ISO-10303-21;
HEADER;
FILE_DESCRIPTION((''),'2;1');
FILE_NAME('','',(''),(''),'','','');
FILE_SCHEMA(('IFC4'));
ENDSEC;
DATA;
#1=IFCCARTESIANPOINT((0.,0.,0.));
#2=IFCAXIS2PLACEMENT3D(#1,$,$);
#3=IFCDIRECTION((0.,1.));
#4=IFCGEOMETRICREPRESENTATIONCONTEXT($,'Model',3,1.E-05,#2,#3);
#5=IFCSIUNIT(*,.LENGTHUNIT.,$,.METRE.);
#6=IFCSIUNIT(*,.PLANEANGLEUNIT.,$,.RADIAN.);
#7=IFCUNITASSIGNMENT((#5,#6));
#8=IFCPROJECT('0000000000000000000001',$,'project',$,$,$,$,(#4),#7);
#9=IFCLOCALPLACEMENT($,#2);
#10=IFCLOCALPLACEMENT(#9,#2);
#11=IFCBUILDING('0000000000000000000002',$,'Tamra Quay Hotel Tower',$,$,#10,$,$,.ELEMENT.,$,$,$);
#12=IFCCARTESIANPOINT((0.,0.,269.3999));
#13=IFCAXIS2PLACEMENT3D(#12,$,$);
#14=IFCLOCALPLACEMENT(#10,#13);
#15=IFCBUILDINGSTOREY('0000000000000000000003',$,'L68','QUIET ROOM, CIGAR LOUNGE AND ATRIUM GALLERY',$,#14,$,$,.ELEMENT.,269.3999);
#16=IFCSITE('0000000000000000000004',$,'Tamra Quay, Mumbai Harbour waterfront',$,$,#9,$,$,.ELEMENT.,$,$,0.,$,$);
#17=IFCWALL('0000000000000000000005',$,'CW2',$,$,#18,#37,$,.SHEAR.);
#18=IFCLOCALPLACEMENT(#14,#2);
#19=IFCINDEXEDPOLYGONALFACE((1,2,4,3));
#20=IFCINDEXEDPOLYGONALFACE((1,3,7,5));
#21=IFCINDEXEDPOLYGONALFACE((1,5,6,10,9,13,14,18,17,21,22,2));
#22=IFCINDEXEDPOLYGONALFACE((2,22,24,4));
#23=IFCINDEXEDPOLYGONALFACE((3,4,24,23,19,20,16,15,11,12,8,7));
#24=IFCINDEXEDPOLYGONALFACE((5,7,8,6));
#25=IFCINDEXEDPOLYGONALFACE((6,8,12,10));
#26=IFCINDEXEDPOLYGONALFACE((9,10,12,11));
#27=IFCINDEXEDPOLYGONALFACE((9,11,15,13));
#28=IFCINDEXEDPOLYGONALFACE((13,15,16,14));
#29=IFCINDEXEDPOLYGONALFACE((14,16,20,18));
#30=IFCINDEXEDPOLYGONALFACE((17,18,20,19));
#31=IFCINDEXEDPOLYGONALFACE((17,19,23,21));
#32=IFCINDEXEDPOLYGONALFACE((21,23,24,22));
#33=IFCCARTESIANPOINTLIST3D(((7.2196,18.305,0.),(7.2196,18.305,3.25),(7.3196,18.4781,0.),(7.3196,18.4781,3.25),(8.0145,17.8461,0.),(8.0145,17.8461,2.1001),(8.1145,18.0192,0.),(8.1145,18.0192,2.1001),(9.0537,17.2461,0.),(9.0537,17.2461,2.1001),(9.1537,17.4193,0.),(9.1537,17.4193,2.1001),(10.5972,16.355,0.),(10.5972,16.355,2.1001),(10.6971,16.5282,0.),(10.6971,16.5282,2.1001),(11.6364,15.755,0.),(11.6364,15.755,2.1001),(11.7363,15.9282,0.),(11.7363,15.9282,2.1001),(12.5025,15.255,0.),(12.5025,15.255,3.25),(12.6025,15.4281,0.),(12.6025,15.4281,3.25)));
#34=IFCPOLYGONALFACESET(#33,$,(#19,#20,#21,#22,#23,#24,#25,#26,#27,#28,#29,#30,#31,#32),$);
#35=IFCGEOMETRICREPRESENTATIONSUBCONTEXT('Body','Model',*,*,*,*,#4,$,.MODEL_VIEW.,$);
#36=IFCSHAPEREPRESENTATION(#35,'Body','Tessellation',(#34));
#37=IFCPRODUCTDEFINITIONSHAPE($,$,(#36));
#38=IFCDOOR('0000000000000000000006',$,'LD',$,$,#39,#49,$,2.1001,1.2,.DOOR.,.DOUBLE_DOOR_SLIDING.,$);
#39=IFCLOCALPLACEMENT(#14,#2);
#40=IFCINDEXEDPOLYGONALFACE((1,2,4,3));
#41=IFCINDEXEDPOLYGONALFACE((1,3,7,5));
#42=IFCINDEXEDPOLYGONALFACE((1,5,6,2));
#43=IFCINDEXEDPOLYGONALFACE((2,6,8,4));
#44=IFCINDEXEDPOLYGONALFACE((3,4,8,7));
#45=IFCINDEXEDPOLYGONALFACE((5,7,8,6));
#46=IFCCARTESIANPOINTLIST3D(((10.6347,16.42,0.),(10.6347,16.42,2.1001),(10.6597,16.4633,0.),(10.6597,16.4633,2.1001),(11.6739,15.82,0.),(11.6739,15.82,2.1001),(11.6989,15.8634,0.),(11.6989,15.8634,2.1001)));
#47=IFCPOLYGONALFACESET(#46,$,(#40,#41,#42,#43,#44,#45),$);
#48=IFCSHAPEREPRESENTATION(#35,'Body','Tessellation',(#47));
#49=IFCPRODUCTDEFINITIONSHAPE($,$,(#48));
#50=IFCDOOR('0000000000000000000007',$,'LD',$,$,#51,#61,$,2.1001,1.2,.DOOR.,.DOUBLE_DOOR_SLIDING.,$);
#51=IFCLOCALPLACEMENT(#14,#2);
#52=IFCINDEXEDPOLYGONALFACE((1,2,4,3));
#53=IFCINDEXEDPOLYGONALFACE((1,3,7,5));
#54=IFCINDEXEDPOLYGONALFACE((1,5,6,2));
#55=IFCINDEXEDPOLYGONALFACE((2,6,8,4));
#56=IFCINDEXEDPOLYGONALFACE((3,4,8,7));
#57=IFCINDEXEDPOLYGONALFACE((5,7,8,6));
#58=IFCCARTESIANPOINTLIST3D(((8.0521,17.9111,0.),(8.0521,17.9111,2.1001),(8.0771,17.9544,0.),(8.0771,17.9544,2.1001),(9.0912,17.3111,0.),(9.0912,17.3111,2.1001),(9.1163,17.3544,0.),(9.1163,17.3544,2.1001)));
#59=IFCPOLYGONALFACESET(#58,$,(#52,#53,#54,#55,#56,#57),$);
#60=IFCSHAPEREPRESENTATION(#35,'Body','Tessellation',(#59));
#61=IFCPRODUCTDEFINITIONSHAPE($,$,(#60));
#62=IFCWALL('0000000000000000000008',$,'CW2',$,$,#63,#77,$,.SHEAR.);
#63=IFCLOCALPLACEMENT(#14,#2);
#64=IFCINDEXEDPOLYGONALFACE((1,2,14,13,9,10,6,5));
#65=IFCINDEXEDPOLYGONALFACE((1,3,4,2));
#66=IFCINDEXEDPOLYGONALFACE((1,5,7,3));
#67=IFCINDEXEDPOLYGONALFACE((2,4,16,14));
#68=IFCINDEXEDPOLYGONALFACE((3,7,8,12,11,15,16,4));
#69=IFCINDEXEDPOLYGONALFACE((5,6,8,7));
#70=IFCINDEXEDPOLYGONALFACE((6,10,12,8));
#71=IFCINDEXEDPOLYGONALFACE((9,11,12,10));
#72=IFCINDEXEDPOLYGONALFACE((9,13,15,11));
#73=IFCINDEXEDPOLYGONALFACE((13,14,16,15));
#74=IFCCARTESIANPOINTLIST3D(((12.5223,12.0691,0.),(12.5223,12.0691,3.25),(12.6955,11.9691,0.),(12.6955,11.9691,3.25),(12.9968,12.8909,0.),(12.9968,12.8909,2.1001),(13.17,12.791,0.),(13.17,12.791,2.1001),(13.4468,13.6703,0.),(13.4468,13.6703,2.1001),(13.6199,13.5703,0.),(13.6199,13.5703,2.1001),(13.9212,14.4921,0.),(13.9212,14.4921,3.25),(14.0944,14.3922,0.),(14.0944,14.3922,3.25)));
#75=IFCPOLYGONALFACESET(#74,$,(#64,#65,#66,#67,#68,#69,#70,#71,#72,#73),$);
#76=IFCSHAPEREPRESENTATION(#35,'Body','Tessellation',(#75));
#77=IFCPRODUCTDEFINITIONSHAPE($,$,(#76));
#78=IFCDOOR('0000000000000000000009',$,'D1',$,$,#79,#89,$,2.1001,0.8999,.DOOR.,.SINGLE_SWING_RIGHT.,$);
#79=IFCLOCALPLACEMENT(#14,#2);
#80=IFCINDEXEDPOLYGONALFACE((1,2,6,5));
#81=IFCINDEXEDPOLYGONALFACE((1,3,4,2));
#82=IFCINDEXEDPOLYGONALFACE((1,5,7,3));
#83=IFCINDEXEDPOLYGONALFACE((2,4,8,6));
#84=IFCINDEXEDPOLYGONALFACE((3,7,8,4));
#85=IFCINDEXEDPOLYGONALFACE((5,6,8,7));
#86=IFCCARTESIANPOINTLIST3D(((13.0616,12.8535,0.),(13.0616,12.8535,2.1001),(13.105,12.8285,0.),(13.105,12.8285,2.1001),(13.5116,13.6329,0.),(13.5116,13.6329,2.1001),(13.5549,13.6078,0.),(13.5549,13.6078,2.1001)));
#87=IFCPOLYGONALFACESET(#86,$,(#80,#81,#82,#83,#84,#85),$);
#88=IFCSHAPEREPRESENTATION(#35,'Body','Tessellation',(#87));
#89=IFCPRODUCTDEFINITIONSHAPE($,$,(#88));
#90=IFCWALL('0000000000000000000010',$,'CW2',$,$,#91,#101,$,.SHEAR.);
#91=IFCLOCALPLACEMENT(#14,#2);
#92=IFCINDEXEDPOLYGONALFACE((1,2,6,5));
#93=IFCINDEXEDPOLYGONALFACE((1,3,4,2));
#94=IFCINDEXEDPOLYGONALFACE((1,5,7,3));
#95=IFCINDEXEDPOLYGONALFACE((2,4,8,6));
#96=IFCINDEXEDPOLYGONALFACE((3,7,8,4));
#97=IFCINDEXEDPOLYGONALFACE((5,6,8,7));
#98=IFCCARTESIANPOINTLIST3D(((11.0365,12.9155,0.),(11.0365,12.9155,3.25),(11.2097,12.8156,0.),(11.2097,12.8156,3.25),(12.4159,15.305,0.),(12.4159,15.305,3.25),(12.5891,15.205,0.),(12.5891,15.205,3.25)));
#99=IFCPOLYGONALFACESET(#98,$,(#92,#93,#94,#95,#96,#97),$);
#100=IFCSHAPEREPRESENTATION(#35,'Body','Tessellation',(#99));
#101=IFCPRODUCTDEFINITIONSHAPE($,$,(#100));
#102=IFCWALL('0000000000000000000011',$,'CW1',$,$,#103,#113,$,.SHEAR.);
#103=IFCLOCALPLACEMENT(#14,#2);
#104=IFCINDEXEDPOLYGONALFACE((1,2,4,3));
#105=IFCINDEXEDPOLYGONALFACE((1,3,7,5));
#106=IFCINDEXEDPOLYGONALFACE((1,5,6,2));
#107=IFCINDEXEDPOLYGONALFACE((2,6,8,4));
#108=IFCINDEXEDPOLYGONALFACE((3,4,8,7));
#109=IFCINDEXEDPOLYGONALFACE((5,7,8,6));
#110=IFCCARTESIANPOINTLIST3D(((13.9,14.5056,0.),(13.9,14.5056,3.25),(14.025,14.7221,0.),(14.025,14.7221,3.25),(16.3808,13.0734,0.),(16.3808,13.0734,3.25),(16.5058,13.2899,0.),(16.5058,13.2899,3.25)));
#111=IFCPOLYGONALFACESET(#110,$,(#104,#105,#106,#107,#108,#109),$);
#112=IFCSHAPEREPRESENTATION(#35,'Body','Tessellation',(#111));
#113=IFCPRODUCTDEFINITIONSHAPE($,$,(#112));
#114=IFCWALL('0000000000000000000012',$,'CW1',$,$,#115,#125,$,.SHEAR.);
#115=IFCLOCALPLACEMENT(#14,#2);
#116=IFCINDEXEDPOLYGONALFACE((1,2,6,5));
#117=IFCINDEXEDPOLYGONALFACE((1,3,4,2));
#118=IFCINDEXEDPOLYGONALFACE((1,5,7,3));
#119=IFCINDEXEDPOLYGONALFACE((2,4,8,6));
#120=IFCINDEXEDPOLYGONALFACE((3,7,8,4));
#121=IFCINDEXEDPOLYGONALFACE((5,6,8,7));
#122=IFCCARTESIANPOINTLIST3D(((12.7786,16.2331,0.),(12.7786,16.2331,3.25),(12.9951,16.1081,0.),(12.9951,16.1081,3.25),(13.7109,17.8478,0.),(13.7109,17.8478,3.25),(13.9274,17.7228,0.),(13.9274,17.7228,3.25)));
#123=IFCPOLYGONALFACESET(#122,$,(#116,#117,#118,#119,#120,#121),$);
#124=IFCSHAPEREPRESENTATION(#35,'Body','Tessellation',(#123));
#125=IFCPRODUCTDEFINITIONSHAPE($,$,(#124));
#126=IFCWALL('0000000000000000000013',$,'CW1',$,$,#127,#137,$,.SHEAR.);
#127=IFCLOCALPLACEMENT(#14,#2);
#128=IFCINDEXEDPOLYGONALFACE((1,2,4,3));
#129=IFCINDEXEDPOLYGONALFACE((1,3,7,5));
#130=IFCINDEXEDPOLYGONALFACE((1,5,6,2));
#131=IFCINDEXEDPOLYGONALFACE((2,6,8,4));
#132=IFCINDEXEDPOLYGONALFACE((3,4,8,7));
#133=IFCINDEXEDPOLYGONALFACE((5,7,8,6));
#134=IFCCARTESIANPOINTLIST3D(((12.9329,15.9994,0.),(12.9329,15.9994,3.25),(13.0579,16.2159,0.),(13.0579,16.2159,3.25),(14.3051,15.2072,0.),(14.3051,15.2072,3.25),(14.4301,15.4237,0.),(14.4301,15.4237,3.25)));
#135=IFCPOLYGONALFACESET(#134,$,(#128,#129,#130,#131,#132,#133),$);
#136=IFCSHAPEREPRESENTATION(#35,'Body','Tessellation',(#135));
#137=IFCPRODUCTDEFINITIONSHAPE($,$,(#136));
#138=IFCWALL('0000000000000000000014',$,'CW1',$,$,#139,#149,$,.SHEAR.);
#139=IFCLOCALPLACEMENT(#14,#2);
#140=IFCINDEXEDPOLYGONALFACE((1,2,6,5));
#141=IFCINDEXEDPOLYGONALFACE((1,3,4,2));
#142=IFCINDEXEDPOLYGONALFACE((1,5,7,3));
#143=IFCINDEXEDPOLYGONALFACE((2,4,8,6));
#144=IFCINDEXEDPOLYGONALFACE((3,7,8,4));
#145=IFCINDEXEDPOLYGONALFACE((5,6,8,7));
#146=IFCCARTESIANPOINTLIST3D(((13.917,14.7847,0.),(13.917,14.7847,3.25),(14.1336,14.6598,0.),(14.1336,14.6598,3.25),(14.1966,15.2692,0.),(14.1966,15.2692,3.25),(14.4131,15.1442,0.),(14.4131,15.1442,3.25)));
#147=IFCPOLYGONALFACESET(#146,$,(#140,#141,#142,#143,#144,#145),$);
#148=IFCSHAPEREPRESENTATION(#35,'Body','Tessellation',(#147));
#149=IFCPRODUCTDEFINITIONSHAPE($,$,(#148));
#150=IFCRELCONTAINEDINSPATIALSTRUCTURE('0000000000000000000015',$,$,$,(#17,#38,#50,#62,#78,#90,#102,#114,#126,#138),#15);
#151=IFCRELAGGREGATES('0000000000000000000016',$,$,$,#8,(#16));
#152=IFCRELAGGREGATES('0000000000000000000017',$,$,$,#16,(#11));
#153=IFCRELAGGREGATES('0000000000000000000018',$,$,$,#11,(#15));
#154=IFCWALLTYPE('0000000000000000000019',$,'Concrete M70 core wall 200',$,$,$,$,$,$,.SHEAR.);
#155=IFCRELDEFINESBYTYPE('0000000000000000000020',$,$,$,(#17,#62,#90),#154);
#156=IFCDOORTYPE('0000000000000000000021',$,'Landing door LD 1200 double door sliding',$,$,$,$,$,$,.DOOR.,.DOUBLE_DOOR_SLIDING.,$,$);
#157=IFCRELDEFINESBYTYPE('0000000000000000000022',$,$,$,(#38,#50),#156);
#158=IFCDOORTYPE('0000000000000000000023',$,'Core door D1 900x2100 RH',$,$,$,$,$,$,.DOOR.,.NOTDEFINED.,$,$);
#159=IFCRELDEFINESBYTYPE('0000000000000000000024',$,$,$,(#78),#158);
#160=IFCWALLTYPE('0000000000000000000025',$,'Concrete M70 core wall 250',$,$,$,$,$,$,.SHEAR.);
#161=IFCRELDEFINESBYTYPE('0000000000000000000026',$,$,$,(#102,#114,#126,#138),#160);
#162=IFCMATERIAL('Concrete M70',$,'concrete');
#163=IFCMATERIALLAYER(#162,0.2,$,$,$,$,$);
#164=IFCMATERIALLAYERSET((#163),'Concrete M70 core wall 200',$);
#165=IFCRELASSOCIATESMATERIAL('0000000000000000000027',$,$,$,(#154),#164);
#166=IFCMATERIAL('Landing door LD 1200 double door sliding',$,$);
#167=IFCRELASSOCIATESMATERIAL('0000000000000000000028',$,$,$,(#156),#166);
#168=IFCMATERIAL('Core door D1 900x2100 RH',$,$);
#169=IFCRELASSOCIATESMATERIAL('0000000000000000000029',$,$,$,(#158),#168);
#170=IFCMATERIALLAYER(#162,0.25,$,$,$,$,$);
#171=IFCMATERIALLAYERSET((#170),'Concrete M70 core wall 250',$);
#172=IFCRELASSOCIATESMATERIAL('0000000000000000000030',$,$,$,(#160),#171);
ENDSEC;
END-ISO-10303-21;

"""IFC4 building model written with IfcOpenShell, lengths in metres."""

from ifc_helpers import new_model, si_unit, direction, frame, frame_2d, origin, place, context, subcontext, project, spatial, rectangle, extrude, material, layer, layer_set, type_object, element, fill, save


model = new_model("IFC4")

# Units and contexts
model_context = context("Model", 3, precision=1e-05, world=origin(), true_north=direction((0.0, 1.0)))
body_context = subcontext(model_context, "Body", "Model", "MODEL_VIEW")
ifc_project = project(units=[si_unit("LENGTHUNIT", "METRE"), si_unit("PLANEANGLEUNIT", "RADIAN")], contexts=[model_context])

# Site, building, storey
site_placement = place(None, origin())
site = spatial("IfcSite", under=ifc_project, at=site_placement, Name="Tamra Quay, Mumbai Harbour waterfront", CompositionType="ELEMENT", RefElevation=0.0)
building_placement = place(site_placement, origin())
building = spatial("IfcBuilding", under=site, at=building_placement, Name="Tamra Quay Hotel Tower", CompositionType="ELEMENT")
storey_placement = place(building_placement, frame((0.0, 0.0, 269.3999)))
storey = spatial("IfcBuildingStorey", under=building, at=storey_placement, Name="L68", Description="QUIET ROOM, CIGAR LOUNGE AND ATRIUM GALLERY", CompositionType="ELEMENT", Elevation=269.3999)

# Shared definitions
ifc_material_1 = material(Name="Concrete M70", Category="concrete")

# Wall, openings, doors
ifc_layer_1 = layer(ifc_material_1, 0.2)
ifc_layer_set_1 = layer_set([ifc_layer_1], Name="Concrete M70 core wall 200")
wall_type_1 = type_object("IfcWallType", Name="Concrete M70 core wall 200", PredefinedType="SHEAR", material=ifc_layer_set_1)
wall_1_placement = place(storey_placement, frame((12.5525, 15.3416, 0.0), z_axis=(0.0, 0.0, 1.0), x_axis=(-0.86603, 0.499992, 0.0)))
wall_1 = element("IfcWall", 1, at=wall_1_placement, inside=storey, type_object=wall_type_1, Name="CW2", PredefinedType="SHEAR", context=body_context, shape_type="SweptSolid", body=[
    extrude(rectangle(XDim=6.1001, YDim=0.2, at=frame_2d((3.05, 0.0))), origin(), (0.0, 0.0, 1.0), 3.25),
])
opening_1_placement = place(wall_1_placement, frame((1.0, 0.0, 0.0)))
opening_1 = element("IfcOpeningElement", 2, at=opening_1_placement, cuts=wall_1, PredefinedType="OPENING", context=body_context, shape_type="SweptSolid", body=[
    extrude(rectangle(XDim=1.2, YDim=2.1001, at=frame_2d((0.6001, 1.05))), frame((0.0, 0.1099, 0.0), z_axis=(0.0, -1.0, 0.0), x_axis=(1.0, 0.0, 0.0)), (0.0, 0.0, 1.0), 0.22),
])
opening_2_placement = place(wall_1_placement, frame((3.9822, 0.0, 0.0)))
opening_2 = element("IfcOpeningElement", 3, at=opening_2_placement, cuts=wall_1, PredefinedType="OPENING", context=body_context, shape_type="SweptSolid", body=[
    extrude(rectangle(XDim=1.2, YDim=2.1001, at=frame_2d((0.6001, 1.05))), frame((0.0, 0.1099, 0.0), z_axis=(0.0, -1.0, 0.0), x_axis=(1.0, 0.0, 0.0)), (0.0, 0.0, 1.0), 0.22),
])
ifc_material_2 = material(Name="Landing door LD 1200 double door sliding")
door_type_1 = type_object("IfcDoorType", Name="Landing door LD 1200 double door sliding", OperationType="DOUBLE_DOOR_SLIDING", PredefinedType="DOOR", material=ifc_material_2)
door_1_placement = place(opening_1_placement, origin())
door_1 = element("IfcDoor", 4, at=door_1_placement, inside=storey, type_object=door_type_1, Name="LD", OperationType="DOUBLE_DOOR_SLIDING", OverallHeight=2.1001, OverallWidth=1.2, PredefinedType="DOOR", context=body_context, shape_type="SweptSolid", body=[
    extrude(rectangle(XDim=1.2, YDim=2.1001, at=frame_2d((0.6001, 1.05))), frame((0.0, 0.0249, 0.0), z_axis=(0.0, -1.0, 0.0), x_axis=(1.0, 0.0, 0.0)), (0.0, 0.0, 1.0), 0.05),
])
fill(opening_1, door_1)
door_2_placement = place(opening_2_placement, origin())
door_2 = element("IfcDoor", 5, at=door_2_placement, inside=storey, type_object=door_type_1, Name="LD", OperationType="DOUBLE_DOOR_SLIDING", OverallHeight=2.1001, OverallWidth=1.2, PredefinedType="DOOR", context=body_context, shape_type="SweptSolid", body=[
    extrude(rectangle(XDim=1.2, YDim=2.1001, at=frame_2d((0.6001, 1.05))), frame((0.0, 0.0249, 0.0), z_axis=(0.0, -1.0, 0.0), x_axis=(1.0, 0.0, 0.0)), (0.0, 0.0, 1.0), 0.05),
])
fill(opening_2, door_2)

# Wall, opening, door
wall_2_placement = place(storey_placement, frame((14.0078, 14.4421, 0.0), z_axis=(0.0, 0.0, 1.0), x_axis=(-0.499987, -0.866033, 0.0)))
wall_2 = element("IfcWall", 6, at=wall_2_placement, inside=storey, type_object=wall_type_1, Name="CW2", PredefinedType="SHEAR", context=body_context, shape_type="SweptSolid", body=[
    extrude(rectangle(XDim=2.7979, YDim=0.2, at=frame_2d((1.3989, 0.0))), origin(), (0.0, 0.0, 1.0), 3.25),
])
opening_3_placement = place(wall_2_placement, frame((0.949, 0.0, 0.0)))
opening_3 = element("IfcOpeningElement", 7, at=opening_3_placement, cuts=wall_2, PredefinedType="OPENING", context=body_context, shape_type="SweptSolid", body=[
    extrude(rectangle(XDim=0.8999, YDim=2.1001, at=frame_2d((0.45, 1.05))), frame((0.0, 0.1099, 0.0), z_axis=(0.0, -1.0, 0.0), x_axis=(1.0, 0.0, 0.0)), (0.0, 0.0, 1.0), 0.22),
])
ifc_material_3 = material(Name="Core door D1 900x2100 RH")
door_type_2 = type_object("IfcDoorType", Name="Core door D1 900x2100 RH", OperationType="NOTDEFINED", PredefinedType="DOOR", material=ifc_material_3)
door_3_placement = place(opening_3_placement, origin())
door_3 = element("IfcDoor", 8, at=door_3_placement, inside=storey, type_object=door_type_2, Name="D1", OperationType="SINGLE_SWING_RIGHT", OverallHeight=2.1001, OverallWidth=0.8999, PredefinedType="DOOR", context=body_context, shape_type="SweptSolid", body=[
    extrude(rectangle(XDim=0.8999, YDim=2.1001, at=frame_2d((0.45, 1.05))), frame((0.0, 0.0249, 0.0), z_axis=(0.0, -1.0, 0.0), x_axis=(1.0, 0.0, 0.0)), (0.0, 0.0, 1.0), 0.05),
])
fill(opening_3, door_3)

# Walls
wall_3_placement = place(storey_placement, frame((12.5024, 15.2549, 0.0), z_axis=(0.0, 0.0, 1.0), x_axis=(-0.499965, -0.866046, 0.0)))
element("IfcWall", 9, at=wall_3_placement, inside=storey, type_object=wall_type_1, Name="CW2", PredefinedType="SHEAR", context=body_context, shape_type="SweptSolid", body=[
    extrude(rectangle(XDim=2.759, YDim=0.2, at=frame_2d((1.3794, 0.0))), origin(), (0.0, 0.0, 1.0), 3.25),
])
ifc_layer_2 = layer(ifc_material_1, 0.25)
ifc_layer_set_2 = layer_set([ifc_layer_2], Name="Concrete M70 core wall 250")
wall_type_2 = type_object("IfcWallType", Name="Concrete M70 core wall 250", PredefinedType="SHEAR", material=ifc_layer_set_2)
wall_4_placement = place(storey_placement, frame((13.9626, 14.6138, 0.0), z_axis=(0.0, 0.0, 1.0), x_axis=(0.866042, -0.499971, 0.0)))
element("IfcWall", 10, at=wall_4_placement, inside=storey, type_object=wall_type_2, Name="CW1", PredefinedType="SHEAR", context=body_context, shape_type="SweptSolid", body=[
    extrude(rectangle(XDim=2.8645, YDim=0.25, at=frame_2d((1.4321, 0.0))), origin(), (0.0, 0.0, 1.0), 3.25),
])
wall_5_placement = place(storey_placement, frame((13.8191, 17.7852, 0.0), z_axis=(0.0, 0.0, 1.0), x_axis=(-0.50004, -0.866002, 0.0)))
element("IfcWall", 11, at=wall_5_placement, inside=storey, type_object=wall_type_2, Name="CW1", PredefinedType="SHEAR", context=body_context, shape_type="SweptSolid", body=[
    extrude(rectangle(XDim=1.8645, YDim=0.25, at=frame_2d((0.9321, 0.0))), origin(), (0.0, 0.0, 1.0), 3.25),
])
wall_6_placement = place(storey_placement, frame((12.9954, 16.1077, 0.0), z_axis=(0.0, 0.0, 1.0), x_axis=(0.866044, -0.499967, 0.0)))
element("IfcWall", 12, at=wall_6_placement, inside=storey, type_object=wall_type_2, Name="CW1", PredefinedType="SHEAR", context=body_context, shape_type="SweptSolid", body=[
    extrude(rectangle(XDim=1.5845, YDim=0.25, at=frame_2d((0.7922, 0.0))), origin(), (0.0, 0.0, 1.0), 3.25),
])
wall_7_placement = place(storey_placement, frame((14.3049, 15.2068, 0.0), z_axis=(0.0, 0.0, 1.0), x_axis=(-0.499848, -0.866113, 0.0)))
element("IfcWall", 13, at=wall_7_placement, inside=storey, type_object=wall_type_2, Name="CW1", PredefinedType="SHEAR", context=body_context, shape_type="SweptSolid", body=[
    extrude(rectangle(XDim=0.5593, YDim=0.25, at=frame_2d((0.2798, 0.0))), origin(), (0.0, 0.0, 1.0), 3.25),
])

save(model, "model.ifc")
